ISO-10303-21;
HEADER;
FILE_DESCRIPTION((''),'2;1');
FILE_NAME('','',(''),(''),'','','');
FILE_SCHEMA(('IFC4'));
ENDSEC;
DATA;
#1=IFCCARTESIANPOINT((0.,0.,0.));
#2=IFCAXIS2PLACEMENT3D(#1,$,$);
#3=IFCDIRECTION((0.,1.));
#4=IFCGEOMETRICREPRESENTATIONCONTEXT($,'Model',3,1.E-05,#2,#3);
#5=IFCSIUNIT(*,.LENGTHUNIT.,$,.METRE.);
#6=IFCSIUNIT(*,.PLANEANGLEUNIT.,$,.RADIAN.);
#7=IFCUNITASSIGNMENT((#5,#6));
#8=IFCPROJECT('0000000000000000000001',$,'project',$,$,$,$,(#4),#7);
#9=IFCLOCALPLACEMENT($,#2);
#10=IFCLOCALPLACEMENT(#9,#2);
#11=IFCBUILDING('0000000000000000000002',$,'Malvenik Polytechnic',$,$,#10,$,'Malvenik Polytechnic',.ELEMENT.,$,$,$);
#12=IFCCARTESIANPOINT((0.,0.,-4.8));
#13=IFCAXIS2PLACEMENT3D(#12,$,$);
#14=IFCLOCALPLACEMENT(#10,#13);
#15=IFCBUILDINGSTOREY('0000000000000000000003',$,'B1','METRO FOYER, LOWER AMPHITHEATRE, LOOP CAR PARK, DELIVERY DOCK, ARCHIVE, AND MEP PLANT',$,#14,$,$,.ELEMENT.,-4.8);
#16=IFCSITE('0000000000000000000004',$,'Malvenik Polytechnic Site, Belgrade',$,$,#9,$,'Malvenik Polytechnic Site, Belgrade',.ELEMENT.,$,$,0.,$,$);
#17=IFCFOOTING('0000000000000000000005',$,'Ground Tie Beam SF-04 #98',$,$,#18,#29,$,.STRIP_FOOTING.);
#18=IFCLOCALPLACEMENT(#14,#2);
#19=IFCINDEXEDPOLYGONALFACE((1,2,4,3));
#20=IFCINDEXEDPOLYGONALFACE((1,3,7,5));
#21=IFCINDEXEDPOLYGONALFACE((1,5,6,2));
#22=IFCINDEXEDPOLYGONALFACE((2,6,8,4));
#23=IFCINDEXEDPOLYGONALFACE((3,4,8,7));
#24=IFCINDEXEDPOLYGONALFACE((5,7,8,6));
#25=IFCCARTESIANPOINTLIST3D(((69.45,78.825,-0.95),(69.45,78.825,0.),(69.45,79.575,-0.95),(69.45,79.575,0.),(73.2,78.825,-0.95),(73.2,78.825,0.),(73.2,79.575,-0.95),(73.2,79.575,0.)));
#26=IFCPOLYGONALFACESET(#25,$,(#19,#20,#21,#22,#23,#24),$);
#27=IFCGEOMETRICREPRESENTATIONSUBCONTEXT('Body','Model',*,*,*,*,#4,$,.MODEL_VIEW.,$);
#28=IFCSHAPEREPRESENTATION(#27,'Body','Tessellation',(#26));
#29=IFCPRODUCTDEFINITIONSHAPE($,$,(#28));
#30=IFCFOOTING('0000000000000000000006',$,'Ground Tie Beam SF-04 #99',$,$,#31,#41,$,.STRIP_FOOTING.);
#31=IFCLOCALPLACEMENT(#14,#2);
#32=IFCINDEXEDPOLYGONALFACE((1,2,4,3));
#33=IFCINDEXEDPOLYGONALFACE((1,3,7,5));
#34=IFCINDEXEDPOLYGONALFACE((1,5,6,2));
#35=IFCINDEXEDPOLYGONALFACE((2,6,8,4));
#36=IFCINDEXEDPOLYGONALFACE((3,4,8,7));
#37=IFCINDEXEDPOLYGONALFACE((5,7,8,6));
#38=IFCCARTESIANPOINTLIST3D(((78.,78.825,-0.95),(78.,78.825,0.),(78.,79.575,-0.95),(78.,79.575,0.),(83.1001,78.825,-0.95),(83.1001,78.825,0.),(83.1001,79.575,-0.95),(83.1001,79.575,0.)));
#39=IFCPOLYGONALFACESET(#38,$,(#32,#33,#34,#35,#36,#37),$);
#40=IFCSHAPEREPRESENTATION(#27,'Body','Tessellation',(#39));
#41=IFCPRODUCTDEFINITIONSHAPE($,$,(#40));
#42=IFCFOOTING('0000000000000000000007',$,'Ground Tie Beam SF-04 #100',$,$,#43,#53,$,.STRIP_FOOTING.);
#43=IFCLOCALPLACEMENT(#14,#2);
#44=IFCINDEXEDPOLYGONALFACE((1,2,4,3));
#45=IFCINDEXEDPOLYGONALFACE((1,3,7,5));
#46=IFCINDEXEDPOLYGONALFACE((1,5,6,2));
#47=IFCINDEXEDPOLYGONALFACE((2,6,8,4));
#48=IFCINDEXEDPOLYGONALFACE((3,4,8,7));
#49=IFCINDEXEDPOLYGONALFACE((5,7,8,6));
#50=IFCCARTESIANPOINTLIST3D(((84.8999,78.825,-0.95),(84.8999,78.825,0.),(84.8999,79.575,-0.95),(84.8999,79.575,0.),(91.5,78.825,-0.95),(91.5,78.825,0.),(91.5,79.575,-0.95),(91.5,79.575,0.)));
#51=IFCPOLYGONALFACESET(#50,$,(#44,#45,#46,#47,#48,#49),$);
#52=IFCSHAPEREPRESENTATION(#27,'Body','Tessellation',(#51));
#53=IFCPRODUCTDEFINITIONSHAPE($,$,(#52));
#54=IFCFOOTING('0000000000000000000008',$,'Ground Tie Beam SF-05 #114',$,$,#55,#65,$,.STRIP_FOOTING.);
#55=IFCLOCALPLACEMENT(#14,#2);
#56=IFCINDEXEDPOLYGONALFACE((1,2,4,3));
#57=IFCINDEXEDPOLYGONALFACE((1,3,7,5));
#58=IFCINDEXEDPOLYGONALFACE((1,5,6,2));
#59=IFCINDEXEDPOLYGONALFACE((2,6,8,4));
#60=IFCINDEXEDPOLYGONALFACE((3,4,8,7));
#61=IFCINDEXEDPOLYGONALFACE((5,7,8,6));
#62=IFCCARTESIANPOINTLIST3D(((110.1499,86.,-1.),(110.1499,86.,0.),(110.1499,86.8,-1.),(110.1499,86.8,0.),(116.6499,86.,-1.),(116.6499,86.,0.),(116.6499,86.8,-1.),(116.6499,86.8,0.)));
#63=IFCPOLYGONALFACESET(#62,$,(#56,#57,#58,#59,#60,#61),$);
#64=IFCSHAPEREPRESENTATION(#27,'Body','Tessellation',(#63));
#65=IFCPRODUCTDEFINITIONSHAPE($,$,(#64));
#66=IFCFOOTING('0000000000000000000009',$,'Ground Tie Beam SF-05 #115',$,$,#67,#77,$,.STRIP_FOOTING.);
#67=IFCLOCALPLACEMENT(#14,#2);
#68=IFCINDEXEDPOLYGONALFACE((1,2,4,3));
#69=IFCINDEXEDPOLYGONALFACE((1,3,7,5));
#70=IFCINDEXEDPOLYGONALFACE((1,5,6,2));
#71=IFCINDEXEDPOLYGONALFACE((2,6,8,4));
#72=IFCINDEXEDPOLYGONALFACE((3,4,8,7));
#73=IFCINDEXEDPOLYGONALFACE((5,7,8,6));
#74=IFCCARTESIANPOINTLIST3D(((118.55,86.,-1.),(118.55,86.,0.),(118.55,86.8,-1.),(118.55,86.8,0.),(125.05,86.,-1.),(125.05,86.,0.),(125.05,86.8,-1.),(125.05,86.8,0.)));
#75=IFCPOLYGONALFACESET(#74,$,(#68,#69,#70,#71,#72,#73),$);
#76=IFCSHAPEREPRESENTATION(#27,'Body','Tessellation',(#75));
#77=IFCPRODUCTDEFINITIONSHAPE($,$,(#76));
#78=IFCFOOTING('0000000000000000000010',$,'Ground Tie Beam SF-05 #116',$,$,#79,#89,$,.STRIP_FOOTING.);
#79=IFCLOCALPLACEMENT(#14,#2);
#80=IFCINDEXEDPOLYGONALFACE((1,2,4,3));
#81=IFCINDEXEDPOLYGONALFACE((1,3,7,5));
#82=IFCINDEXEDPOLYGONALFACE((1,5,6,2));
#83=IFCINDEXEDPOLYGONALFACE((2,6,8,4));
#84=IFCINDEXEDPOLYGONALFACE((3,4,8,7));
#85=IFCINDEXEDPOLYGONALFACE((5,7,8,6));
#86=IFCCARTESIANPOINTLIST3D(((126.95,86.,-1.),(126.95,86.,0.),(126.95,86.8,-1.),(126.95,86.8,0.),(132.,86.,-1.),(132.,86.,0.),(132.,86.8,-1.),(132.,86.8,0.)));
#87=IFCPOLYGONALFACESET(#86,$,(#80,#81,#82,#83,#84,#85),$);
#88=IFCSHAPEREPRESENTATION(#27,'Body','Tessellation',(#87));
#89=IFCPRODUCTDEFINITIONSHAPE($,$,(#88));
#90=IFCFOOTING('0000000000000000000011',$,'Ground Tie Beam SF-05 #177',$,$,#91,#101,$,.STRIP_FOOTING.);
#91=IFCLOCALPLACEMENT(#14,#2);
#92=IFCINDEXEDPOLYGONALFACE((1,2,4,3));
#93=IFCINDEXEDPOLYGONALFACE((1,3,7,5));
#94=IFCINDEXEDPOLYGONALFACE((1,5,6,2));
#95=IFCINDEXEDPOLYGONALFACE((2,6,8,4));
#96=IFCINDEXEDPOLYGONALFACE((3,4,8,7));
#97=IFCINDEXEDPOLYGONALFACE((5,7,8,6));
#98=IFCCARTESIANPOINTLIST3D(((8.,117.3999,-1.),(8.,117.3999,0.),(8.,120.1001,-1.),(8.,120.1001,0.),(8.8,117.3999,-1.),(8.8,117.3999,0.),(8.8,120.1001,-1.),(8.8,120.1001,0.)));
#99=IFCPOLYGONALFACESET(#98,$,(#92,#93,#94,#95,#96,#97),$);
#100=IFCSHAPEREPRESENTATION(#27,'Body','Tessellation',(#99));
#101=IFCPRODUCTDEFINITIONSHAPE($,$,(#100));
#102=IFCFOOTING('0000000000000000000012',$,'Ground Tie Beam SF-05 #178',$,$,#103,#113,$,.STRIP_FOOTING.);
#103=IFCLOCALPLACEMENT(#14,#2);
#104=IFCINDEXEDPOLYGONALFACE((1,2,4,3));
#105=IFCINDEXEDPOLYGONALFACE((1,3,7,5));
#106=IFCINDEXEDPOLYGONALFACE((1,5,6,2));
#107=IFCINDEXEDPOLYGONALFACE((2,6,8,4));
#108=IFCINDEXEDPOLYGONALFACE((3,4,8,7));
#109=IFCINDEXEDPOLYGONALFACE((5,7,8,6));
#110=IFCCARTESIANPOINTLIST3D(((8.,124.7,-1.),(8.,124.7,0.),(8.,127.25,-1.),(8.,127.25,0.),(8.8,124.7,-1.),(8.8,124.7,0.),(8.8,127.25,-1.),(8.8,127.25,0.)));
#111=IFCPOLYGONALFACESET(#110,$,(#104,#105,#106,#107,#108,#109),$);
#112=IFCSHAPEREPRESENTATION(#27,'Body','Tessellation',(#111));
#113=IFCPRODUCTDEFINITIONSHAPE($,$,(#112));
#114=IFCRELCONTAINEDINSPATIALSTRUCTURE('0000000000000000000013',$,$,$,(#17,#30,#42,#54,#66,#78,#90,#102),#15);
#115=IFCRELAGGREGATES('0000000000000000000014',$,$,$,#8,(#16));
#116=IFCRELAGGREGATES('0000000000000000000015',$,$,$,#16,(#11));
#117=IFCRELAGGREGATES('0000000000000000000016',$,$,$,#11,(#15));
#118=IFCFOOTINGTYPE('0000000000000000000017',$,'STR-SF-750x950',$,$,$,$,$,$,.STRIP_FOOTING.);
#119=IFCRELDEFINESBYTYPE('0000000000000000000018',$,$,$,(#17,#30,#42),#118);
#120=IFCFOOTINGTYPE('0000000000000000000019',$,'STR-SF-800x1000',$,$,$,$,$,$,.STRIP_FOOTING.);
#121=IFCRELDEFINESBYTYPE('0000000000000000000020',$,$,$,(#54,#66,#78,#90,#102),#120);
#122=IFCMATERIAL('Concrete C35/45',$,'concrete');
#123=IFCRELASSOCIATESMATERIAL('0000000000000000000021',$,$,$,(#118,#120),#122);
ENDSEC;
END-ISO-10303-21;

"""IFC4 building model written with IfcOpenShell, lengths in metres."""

from ifc_helpers import new_model, si_unit, direction, frame, origin, place, context, subcontext, project, spatial, polyline, outline, extrude, material, type_object, element, save


model = new_model("IFC4")

# Units and contexts
model_context = context("Model", 3, precision=1e-05, world=origin(), true_north=direction((0.0, 1.0)))
body_context = subcontext(model_context, "Body", "Model", "MODEL_VIEW")
ifc_project = project(units=[si_unit("LENGTHUNIT", "METRE"), si_unit("PLANEANGLEUNIT", "RADIAN")], contexts=[model_context])

# Site, building, storey
site_placement = place(None, origin())
site = spatial("IfcSite", under=ifc_project, at=site_placement, Name="Malvenik Polytechnic Site, Belgrade", LongName="Malvenik Polytechnic Site, Belgrade", CompositionType="ELEMENT", RefElevation=0.0)
building_placement = place(site_placement, origin())
building = spatial("IfcBuilding", under=site, at=building_placement, Name="Malvenik Polytechnic", LongName="Malvenik Polytechnic", CompositionType="ELEMENT")
storey_placement = place(building_placement, frame((0.0, 0.0, -4.8)))
storey = spatial("IfcBuildingStorey", under=building, at=storey_placement, Name="B1", Description="METRO FOYER, LOWER AMPHITHEATRE, LOOP CAR PARK, DELIVERY DOCK, ARCHIVE, AND MEP PLANT", CompositionType="ELEMENT", Elevation=-4.8)

# Footings
ifc_material = material(Name="Concrete C35/45", Category="concrete")
footing_type_1 = type_object("IfcFootingType", Name="STR-SF-750x950", PredefinedType="STRIP_FOOTING", material=ifc_material)
footing_1_placement = place(storey_placement, frame((0.0, 0.0, -0.95)))
element("IfcFooting", 1, at=footing_1_placement, inside=storey, type_object=footing_type_1, Name="Ground Tie Beam SF-04 #98", PredefinedType="STRIP_FOOTING", context=body_context, shape_type="SweptSolid", body=[
    extrude(outline(polyline([(69.45, 78.825), (73.2, 78.825), (73.2, 79.575), (69.45, 79.575), (69.45, 78.825)])), origin(), (0.0, 0.0, 1.0), 0.95),
])
footing_2_placement = place(storey_placement, frame((0.0, 0.0, -0.95)))
element("IfcFooting", 2, at=footing_2_placement, inside=storey, type_object=footing_type_1, Name="Ground Tie Beam SF-04 #99", PredefinedType="STRIP_FOOTING", context=body_context, shape_type="SweptSolid", body=[
    extrude(outline(polyline([(78.0, 78.825), (83.1001, 78.825), (83.1001, 79.575), (78.0, 79.575), (78.0, 78.825)])), origin(), (0.0, 0.0, 1.0), 0.95),
])
footing_3_placement = place(storey_placement, frame((0.0, 0.0, -0.95)))
element("IfcFooting", 3, at=footing_3_placement, inside=storey, type_object=footing_type_1, Name="Ground Tie Beam SF-04 #100", PredefinedType="STRIP_FOOTING", context=body_context, shape_type="SweptSolid", body=[
    extrude(outline(polyline([(84.8999, 78.825), (91.5, 78.825), (91.5, 79.575), (84.8999, 79.575), (84.8999, 78.825)])), origin(), (0.0, 0.0, 1.0), 0.95),
])
footing_type_2 = type_object("IfcFootingType", Name="STR-SF-800x1000", PredefinedType="STRIP_FOOTING", material=ifc_material)
footing_4_placement = place(storey_placement, frame((0.0, 0.0, -1.0)))
element("IfcFooting", 4, at=footing_4_placement, inside=storey, type_object=footing_type_2, Name="Ground Tie Beam SF-05 #114", PredefinedType="STRIP_FOOTING", context=body_context, shape_type="SweptSolid", body=[
    extrude(outline(polyline([(110.1499, 86.0), (116.6499, 86.0), (116.6499, 86.8), (110.1499, 86.8), (110.1499, 86.0)])), origin(), (0.0, 0.0, 1.0), 1.0),
])
footing_5_placement = place(storey_placement, frame((0.0, 0.0, -1.0)))
element("IfcFooting", 5, at=footing_5_placement, inside=storey, type_object=footing_type_2, Name="Ground Tie Beam SF-05 #115", PredefinedType="STRIP_FOOTING", context=body_context, shape_type="SweptSolid", body=[
    extrude(outline(polyline([(118.55, 86.0), (125.05, 86.0), (125.05, 86.8), (118.55, 86.8), (118.55, 86.0)])), origin(), (0.0, 0.0, 1.0), 1.0),
])
footing_6_placement = place(storey_placement, frame((0.0, 0.0, -1.0)))
element("IfcFooting", 6, at=footing_6_placement, inside=storey, type_object=footing_type_2, Name="Ground Tie Beam SF-05 #116", PredefinedType="STRIP_FOOTING", context=body_context, shape_type="SweptSolid", body=[
    extrude(outline(polyline([(126.95, 86.0), (132.0, 86.0), (132.0, 86.8), (126.95, 86.8), (126.95, 86.0)])), origin(), (0.0, 0.0, 1.0), 1.0),
])
footing_7_placement = place(storey_placement, frame((0.0, 0.0, -1.0)))
element("IfcFooting", 7, at=footing_7_placement, inside=storey, type_object=footing_type_2, Name="Ground Tie Beam SF-05 #177", PredefinedType="STRIP_FOOTING", context=body_context, shape_type="SweptSolid", body=[
    extrude(outline(polyline([(8.0, 117.3999), (8.8, 117.3999), (8.8, 120.1001), (8.0, 120.1001), (8.0, 117.3999)])), origin(), (0.0, 0.0, 1.0), 1.0),
])
footing_8_placement = place(storey_placement, frame((0.0, 0.0, -1.0)))
element("IfcFooting", 8, at=footing_8_placement, inside=storey, type_object=footing_type_2, Name="Ground Tie Beam SF-05 #178", PredefinedType="STRIP_FOOTING", context=body_context, shape_type="SweptSolid", body=[
    extrude(outline(polyline([(8.0, 124.7), (8.8, 124.7), (8.8, 127.25), (8.0, 127.25), (8.0, 124.7)])), origin(), (0.0, 0.0, 1.0), 1.0),
])

save(model, "model.ifc")
